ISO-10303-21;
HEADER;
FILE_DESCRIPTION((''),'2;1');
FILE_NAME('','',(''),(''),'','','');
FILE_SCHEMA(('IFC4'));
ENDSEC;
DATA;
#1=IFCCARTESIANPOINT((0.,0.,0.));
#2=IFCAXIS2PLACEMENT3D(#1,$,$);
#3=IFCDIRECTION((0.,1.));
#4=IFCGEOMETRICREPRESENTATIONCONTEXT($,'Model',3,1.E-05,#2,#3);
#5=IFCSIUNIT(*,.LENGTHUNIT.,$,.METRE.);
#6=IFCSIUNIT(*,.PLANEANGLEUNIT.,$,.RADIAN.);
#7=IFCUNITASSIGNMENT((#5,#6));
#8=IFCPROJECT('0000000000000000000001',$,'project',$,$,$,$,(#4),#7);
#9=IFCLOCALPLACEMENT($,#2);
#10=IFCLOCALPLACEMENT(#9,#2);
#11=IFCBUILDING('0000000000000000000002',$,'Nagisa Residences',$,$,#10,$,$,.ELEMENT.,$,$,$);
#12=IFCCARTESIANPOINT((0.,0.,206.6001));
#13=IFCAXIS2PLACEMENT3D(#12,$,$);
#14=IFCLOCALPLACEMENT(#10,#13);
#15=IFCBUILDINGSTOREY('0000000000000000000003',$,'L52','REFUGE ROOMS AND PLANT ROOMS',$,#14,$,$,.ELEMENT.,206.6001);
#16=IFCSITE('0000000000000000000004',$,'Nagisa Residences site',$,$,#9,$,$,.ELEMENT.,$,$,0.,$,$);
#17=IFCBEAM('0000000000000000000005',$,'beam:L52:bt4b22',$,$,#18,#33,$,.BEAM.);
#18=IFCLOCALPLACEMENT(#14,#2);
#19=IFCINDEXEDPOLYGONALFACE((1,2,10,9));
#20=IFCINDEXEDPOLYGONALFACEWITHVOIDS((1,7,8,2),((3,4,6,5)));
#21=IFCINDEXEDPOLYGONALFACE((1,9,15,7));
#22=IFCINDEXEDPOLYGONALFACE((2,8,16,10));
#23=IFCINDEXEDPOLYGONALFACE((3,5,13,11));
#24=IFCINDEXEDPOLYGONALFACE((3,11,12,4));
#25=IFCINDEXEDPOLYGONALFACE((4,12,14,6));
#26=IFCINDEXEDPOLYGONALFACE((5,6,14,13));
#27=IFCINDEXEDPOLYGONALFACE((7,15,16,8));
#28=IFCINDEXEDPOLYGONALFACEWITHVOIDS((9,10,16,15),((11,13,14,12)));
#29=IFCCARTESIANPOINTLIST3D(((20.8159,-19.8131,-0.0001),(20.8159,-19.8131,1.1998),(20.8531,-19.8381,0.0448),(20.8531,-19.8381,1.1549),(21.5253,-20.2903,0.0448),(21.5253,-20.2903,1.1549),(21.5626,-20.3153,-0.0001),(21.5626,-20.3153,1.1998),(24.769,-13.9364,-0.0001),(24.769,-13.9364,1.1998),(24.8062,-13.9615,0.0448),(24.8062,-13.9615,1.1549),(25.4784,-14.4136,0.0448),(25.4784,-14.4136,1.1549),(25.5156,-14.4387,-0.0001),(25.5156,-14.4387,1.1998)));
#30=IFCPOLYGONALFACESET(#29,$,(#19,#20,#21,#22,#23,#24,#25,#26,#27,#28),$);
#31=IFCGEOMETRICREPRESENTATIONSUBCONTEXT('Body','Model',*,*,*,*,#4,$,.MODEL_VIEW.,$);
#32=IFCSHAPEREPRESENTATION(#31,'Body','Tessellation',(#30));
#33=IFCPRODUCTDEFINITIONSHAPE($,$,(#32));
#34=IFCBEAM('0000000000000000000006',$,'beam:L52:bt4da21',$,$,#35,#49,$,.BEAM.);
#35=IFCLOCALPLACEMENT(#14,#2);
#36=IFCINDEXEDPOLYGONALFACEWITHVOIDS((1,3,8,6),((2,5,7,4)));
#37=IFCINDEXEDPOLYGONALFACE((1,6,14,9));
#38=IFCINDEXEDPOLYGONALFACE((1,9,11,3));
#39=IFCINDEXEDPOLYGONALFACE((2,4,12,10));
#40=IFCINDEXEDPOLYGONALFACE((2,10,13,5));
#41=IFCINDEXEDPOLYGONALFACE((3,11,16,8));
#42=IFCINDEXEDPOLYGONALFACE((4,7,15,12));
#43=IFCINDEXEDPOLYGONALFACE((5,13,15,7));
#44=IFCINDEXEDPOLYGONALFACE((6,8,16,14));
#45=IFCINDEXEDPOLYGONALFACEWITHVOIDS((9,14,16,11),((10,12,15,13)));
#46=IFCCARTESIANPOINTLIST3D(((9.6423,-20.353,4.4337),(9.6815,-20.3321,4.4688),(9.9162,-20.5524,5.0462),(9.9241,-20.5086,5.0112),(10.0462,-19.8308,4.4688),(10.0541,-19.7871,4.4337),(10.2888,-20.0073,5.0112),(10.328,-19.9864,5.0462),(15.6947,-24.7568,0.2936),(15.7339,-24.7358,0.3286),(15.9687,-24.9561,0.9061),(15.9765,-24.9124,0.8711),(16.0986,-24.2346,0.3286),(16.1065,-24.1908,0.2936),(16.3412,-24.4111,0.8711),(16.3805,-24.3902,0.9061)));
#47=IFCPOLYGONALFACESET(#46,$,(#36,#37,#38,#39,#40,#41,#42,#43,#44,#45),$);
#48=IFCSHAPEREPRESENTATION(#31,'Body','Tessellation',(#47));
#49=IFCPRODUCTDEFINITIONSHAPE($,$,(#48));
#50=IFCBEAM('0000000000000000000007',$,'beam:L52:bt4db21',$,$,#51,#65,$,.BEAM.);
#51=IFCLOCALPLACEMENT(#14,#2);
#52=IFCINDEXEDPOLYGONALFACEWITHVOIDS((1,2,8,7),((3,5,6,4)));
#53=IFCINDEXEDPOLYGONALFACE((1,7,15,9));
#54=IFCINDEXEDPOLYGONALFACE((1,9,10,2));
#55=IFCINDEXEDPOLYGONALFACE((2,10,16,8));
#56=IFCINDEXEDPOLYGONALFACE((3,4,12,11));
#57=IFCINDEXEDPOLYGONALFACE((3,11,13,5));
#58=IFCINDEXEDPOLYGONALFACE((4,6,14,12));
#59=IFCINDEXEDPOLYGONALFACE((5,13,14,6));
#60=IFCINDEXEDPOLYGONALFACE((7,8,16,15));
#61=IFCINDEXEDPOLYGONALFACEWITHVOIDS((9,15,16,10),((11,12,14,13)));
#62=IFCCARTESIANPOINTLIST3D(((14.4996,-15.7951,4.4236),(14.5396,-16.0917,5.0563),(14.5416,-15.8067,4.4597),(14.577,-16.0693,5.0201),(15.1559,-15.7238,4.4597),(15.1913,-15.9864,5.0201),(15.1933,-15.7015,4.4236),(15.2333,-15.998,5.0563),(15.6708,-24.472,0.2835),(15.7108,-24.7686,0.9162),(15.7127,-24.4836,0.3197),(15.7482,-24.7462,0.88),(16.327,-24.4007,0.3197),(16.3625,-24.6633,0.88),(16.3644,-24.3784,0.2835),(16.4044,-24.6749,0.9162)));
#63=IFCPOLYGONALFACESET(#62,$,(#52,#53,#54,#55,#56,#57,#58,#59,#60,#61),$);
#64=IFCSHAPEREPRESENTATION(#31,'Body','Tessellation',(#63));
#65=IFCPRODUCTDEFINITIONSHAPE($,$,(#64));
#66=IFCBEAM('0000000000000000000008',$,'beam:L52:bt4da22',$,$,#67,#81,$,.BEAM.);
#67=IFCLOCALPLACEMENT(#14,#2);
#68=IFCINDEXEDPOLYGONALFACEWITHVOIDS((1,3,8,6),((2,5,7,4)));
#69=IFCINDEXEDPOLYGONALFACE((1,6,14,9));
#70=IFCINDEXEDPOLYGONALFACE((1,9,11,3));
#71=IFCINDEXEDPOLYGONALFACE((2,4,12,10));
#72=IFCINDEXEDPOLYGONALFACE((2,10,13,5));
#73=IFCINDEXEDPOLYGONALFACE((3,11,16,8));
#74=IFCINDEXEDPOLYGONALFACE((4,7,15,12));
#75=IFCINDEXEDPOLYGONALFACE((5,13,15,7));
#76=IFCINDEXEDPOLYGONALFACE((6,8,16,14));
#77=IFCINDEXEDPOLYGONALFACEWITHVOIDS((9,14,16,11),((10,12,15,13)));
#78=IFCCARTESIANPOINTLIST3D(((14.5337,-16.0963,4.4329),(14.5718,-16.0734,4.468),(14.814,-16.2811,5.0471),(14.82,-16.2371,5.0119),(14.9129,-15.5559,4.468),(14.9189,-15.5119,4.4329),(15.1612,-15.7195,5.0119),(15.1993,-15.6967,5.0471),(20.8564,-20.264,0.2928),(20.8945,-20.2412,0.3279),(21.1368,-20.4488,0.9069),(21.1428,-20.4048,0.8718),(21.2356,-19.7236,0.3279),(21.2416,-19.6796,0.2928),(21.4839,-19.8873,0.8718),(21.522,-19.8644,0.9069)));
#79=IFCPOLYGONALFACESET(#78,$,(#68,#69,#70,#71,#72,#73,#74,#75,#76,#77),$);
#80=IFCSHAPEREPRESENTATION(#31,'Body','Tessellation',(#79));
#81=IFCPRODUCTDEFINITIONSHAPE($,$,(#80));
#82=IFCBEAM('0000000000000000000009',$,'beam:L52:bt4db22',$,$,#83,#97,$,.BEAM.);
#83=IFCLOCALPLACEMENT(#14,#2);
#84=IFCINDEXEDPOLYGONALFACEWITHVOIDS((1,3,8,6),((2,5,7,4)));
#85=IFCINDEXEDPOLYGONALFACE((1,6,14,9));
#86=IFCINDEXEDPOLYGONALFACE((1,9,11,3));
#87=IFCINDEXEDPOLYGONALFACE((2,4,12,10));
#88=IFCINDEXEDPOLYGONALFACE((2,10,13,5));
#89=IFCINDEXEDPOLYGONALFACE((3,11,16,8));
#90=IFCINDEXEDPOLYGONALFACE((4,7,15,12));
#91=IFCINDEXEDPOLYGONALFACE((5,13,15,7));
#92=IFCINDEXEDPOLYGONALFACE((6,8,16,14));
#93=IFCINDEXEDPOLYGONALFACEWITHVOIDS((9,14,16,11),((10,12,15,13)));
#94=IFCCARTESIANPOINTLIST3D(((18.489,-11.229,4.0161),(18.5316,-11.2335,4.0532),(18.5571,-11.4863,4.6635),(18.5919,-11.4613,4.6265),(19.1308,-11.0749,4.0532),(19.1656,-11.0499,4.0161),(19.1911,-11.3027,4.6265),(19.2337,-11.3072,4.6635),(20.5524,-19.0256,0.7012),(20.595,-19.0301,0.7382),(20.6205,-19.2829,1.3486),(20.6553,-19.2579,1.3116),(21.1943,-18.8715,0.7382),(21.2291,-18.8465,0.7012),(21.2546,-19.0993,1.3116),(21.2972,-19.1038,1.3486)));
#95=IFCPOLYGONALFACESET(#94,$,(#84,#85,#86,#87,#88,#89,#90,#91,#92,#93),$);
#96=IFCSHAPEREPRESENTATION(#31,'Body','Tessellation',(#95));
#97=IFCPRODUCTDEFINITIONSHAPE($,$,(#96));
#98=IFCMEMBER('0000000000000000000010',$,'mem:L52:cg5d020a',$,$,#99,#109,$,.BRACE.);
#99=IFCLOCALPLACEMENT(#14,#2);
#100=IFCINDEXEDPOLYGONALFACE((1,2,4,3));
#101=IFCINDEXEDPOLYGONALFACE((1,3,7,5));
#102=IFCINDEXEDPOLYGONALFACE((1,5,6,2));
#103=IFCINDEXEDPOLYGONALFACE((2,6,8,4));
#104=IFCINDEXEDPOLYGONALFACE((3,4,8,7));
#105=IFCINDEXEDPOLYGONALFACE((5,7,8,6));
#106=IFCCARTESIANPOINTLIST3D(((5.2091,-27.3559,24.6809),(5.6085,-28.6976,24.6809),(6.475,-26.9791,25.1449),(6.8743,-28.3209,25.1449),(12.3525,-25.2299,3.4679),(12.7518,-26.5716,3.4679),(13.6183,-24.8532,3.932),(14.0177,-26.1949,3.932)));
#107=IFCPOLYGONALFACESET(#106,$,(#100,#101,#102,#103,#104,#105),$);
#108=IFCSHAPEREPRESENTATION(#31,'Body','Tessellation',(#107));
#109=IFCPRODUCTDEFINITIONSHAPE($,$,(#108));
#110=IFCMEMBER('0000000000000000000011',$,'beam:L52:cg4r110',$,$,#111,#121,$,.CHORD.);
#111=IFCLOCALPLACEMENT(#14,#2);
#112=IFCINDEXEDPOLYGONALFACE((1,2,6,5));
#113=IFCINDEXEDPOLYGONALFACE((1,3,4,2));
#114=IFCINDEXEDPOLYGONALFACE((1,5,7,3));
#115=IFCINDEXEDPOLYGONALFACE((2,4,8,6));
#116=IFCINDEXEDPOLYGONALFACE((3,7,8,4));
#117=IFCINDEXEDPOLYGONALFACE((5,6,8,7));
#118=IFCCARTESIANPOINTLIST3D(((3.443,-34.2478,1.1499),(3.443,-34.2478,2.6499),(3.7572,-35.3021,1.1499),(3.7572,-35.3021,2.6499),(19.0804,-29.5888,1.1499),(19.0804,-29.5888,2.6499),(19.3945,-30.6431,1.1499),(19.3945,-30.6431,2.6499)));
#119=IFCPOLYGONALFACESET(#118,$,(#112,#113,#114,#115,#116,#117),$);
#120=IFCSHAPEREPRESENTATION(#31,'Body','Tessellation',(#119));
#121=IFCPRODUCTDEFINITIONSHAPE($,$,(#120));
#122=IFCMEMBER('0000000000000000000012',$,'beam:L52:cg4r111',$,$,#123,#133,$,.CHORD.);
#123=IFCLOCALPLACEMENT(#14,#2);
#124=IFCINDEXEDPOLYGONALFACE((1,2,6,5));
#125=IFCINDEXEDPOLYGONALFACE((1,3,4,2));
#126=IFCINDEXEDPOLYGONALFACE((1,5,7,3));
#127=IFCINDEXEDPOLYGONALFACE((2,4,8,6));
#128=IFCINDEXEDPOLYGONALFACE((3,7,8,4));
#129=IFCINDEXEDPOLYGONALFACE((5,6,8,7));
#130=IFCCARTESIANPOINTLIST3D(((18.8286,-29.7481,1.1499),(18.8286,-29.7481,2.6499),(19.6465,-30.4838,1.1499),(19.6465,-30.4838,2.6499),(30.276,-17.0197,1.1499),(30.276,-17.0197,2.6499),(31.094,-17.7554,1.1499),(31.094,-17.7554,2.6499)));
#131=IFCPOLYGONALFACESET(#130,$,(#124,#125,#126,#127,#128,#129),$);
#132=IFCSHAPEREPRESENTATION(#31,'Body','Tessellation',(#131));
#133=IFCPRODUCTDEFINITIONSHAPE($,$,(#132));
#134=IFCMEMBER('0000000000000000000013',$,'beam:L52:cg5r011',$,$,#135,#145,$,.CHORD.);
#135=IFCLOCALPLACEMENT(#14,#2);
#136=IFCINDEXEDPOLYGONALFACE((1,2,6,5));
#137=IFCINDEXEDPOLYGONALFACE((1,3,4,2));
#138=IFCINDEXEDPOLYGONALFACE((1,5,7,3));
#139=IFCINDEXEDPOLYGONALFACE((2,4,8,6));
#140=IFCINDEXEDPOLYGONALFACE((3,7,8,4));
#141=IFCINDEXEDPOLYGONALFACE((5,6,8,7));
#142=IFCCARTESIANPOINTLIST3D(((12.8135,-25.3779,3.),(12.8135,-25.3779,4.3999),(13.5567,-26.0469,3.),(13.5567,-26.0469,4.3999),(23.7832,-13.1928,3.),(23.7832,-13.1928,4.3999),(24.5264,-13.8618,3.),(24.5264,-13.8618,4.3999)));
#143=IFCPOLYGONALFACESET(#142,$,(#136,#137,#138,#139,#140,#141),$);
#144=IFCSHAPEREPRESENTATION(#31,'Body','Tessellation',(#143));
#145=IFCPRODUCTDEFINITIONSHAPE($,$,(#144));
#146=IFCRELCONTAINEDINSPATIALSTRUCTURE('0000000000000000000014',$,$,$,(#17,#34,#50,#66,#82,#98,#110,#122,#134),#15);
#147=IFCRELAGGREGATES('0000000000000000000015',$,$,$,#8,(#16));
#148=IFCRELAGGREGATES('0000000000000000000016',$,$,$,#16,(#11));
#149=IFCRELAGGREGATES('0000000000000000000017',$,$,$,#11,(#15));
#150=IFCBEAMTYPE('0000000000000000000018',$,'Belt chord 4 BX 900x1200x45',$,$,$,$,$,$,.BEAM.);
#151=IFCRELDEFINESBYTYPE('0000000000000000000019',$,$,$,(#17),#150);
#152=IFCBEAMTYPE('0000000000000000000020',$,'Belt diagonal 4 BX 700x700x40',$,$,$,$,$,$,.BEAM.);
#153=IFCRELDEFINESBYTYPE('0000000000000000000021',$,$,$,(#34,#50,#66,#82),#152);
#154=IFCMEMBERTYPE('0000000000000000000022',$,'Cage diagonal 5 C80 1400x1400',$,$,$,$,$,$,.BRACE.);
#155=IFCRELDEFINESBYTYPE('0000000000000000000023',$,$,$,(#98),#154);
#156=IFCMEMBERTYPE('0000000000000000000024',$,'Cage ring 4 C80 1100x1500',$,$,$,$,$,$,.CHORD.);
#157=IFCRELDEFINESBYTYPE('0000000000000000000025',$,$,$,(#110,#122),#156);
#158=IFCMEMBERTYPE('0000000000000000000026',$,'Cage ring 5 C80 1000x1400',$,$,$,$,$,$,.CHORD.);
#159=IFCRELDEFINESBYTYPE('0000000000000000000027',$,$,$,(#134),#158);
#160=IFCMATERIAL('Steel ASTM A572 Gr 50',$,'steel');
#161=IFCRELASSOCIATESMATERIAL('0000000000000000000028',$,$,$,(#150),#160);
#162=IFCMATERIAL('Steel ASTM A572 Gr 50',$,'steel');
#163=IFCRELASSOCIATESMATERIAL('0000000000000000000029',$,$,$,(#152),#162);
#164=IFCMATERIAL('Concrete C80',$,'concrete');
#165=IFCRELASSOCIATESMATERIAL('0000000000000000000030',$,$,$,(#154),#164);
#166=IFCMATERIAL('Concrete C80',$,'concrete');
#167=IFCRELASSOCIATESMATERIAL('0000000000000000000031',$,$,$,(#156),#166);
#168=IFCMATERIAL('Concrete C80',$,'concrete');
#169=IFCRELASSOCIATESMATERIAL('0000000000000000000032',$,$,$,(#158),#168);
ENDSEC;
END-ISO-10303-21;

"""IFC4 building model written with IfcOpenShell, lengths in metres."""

from ifc_helpers import new_model, si_unit, direction, frame, origin, origin_2d, place, context, subcontext, project, spatial, rectangle, hollow_rectangle, extrude, material, material_profile, profile_set, type_object, element, save


model = new_model("IFC4")

# Units and contexts
model_context = context("Model", 3, precision=1e-05, world=origin(), true_north=direction((0.0, 1.0)))
body_context = subcontext(model_context, "Body", "Model", "MODEL_VIEW")
ifc_project = project(units=[si_unit("LENGTHUNIT", "METRE"), si_unit("PLANEANGLEUNIT", "RADIAN")], contexts=[model_context])

# Site, building, storey
site_placement = place(None, origin())
site = spatial("IfcSite", under=ifc_project, at=site_placement, Name="Nagisa Residences site", CompositionType="ELEMENT", RefElevation=0.0)
building_placement = place(site_placement, origin())
building = spatial("IfcBuilding", under=site, at=building_placement, Name="Nagisa Residences", CompositionType="ELEMENT")
storey_placement = place(building_placement, frame((0.0, 0.0, 206.6001)))
storey = spatial("IfcBuildingStorey", under=building, at=storey_placement, Name="L52", Description="REFUGE ROOMS AND PLANT ROOMS", CompositionType="ELEMENT", Elevation=206.6001)

# Beams
ifc_material_1 = material(Name="Steel ASTM A572 Gr 50", Category="steel")
ifc_material_profile_1 = material_profile(ifc_material_1, hollow_rectangle(XDim=0.8999, YDim=1.2, WallThickness=0.0449, at=origin_2d()), Name="BX 900x1200x45")
ifc_profile_set_1 = profile_set([ifc_material_profile_1], Name="Steel ASTM A572 Gr 50")
beam_type_1 = type_object("IfcBeamType", Name="Belt chord 4 BX 900x1200x45", PredefinedType="BEAM", material=ifc_profile_set_1)
beam_1_placement = place(storey_placement, frame((21.1892, -20.0642, 0.5999), z_axis=(0.558148, 0.829742, 0.0), x_axis=(-0.829742, 0.558148, 0.0)))
element("IfcBeam", 1, at=beam_1_placement, inside=storey, type_object=beam_type_1, Name="beam:L52:bt4b22", PredefinedType="BEAM", context=body_context, shape_type="SweptSolid", body=[
    extrude(hollow_rectangle(XDim=0.8999, YDim=1.2, WallThickness=0.0449, at=origin_2d()), origin(), (0.0, 0.0, 1.0), 7.0825),
])
ifc_material_2 = material(Name="Steel ASTM A572 Gr 50", Category="steel")
ifc_material_profile_2 = material_profile(ifc_material_2, hollow_rectangle(XDim=0.7, YDim=0.7, WallThickness=0.04, at=origin_2d()), Name="BX 700x700x40")
ifc_profile_set_2 = profile_set([ifc_material_profile_2], Name="Steel ASTM A572 Gr 50")
beam_type_2 = type_object("IfcBeamType", Name="Belt diagonal 4 BX 700x700x40", PredefinedType="BEAM", material=ifc_profile_set_2)
beam_2_placement = place(storey_placement, frame((16.0376, -24.5735, 0.5999), z_axis=(-0.707582, 0.514839, 0.484013), x_axis=(-0.588346, -0.808609, 0.0)))
element("IfcBeam", 2, at=beam_2_placement, inside=storey, type_object=beam_type_2, Name="beam:L52:bt4da21", PredefinedType="BEAM", context=body_context, shape_type="SweptSolid", body=[
    extrude(hollow_rectangle(XDim=0.7, YDim=0.7, WallThickness=0.04, at=origin_2d()), origin(), (0.0, 0.0, 1.0), 8.5537),
])
beam_3_placement = place(storey_placement, frame((16.0376, -24.5735, 0.5999), z_axis=(-0.120921, 0.895905, 0.427471), x_axis=(-0.991014, -0.133758, 0.0)))
element("IfcBeam", 3, at=beam_3_placement, inside=storey, type_object=beam_type_2, Name="beam:L52:bt4db21", PredefinedType="BEAM", context=body_context, shape_type="SweptSolid", body=[
    extrude(hollow_rectangle(XDim=0.7, YDim=0.7, WallThickness=0.04, at=origin_2d()), origin(), (0.0, 0.0, 1.0), 9.6851),
])
beam_4_placement = place(storey_placement, frame((21.1892, -20.0642, 0.5999), z_axis=(-0.732594, 0.482899, 0.479702), x_axis=(-0.550355, -0.834931, 0.0)))
element("IfcBeam", 4, at=beam_4_placement, inside=storey, type_object=beam_type_2, Name="beam:L52:bt4da22", PredefinedType="BEAM", context=body_context, shape_type="SweptSolid", body=[
    extrude(hollow_rectangle(XDim=0.7, YDim=0.7, WallThickness=0.04, at=origin_2d()), origin(), (0.0, 0.0, 1.0), 8.6306),
])
beam_5_placement = place(storey_placement, frame((20.9248, -19.0647, 1.0249), z_axis=(-0.236644, 0.894134, 0.380164), x_axis=(-0.966716, -0.255853, 0.0)))
element("IfcBeam", 5, at=beam_5_placement, inside=storey, type_object=beam_type_2, Name="beam:L52:bt4db22", PredefinedType="BEAM", context=body_context, shape_type="SweptSolid", body=[
    extrude(hollow_rectangle(XDim=0.7, YDim=0.7, WallThickness=0.04, at=origin_2d()), origin(), (0.0, 0.0, 1.0), 8.7197),
])

# Members
ifc_material_3 = material(Name="Concrete C80", Category="concrete")
ifc_material_profile_3 = material_profile(ifc_material_3, rectangle(XDim=1.3999, YDim=1.3999, at=origin_2d()), Name="C80 1400x1400")
ifc_profile_set_3 = profile_set([ifc_material_profile_3], Name="Concrete C80")
member_type_1 = type_object("IfcMemberType", Name="Cage diagonal 5 C80 1400x1400", PredefinedType="BRACE", material=ifc_profile_set_3)
member_1_placement = place(storey_placement, frame((13.1851, -25.7124, 3.7), z_axis=(-0.317705, -0.094555, 0.943463), x_axis=(0.285253, -0.958452, 0.0)))
element("IfcMember", 6, at=member_1_placement, inside=storey, type_object=member_type_1, Name="mem:L52:cg5d020a", PredefinedType="BRACE", context=body_context, shape_type="SweptSolid", body=[
    extrude(rectangle(XDim=1.3999, YDim=1.3999, at=origin_2d()), origin(), (0.0, 0.0, 1.0), 22.4841),
])
ifc_material_4 = material(Name="Concrete C80", Category="concrete")
ifc_material_profile_4 = material_profile(ifc_material_4, rectangle(XDim=1.1001, YDim=1.5, at=origin_2d()), Name="C80 1100x1500")
ifc_profile_set_4 = profile_set([ifc_material_profile_4], Name="Concrete C80")
member_type_2 = type_object("IfcMemberType", Name="Cage ring 4 C80 1100x1500", PredefinedType="CHORD", material=ifc_profile_set_4)
member_2_placement = place(storey_placement, frame((3.6001, -34.7749, 1.8999), z_axis=(0.958369, 0.285531, 0.0), x_axis=(-0.285531, 0.958369, 0.0)))
element("IfcMember", 7, at=member_2_placement, inside=storey, type_object=member_type_2, Name="beam:L52:cg4r110", PredefinedType="CHORD", context=body_context, shape_type="SweptSolid", body=[
    extrude(rectangle(XDim=1.1001, YDim=1.5, at=origin_2d()), origin(), (0.0, 0.0, 1.0), 16.3167),
])
member_3_placement = place(storey_placement, frame((19.2375, -30.116, 1.8999), z_axis=(0.668702, 0.743531, 0.0), x_axis=(-0.743531, 0.668702, 0.0)))
element("IfcMember", 8, at=member_3_placement, inside=storey, type_object=member_type_2, Name="beam:L52:cg4r111", PredefinedType="CHORD", context=body_context, shape_type="SweptSolid", body=[
    extrude(rectangle(XDim=1.1001, YDim=1.5, at=origin_2d()), origin(), (0.0, 0.0, 1.0), 17.1189),
])
ifc_material_5 = material(Name="Concrete C80", Category="concrete")
ifc_material_profile_5 = material_profile(ifc_material_5, rectangle(XDim=1.0, YDim=1.3999, at=origin_2d()), Name="C80 1000x1400")
ifc_profile_set_5 = profile_set([ifc_material_profile_5], Name="Concrete C80")
member_type_3 = type_object("IfcMemberType", Name="Cage ring 5 C80 1000x1400", PredefinedType="CHORD", material=ifc_profile_set_5)
member_4_placement = place(storey_placement, frame((13.1851, -25.7124, 3.7), z_axis=(0.669072, 0.743198, 0.0), x_axis=(-0.743198, 0.669072, 0.0)))
element("IfcMember", 9, at=member_4_placement, inside=storey, type_object=member_type_3, Name="beam:L52:cg5r011", PredefinedType="CHORD", context=body_context, shape_type="SweptSolid", body=[
    extrude(rectangle(XDim=1.0, YDim=1.3999, at=origin_2d()), origin(), (0.0, 0.0, 1.0), 16.3955),
])

save(model, "model.ifc")
